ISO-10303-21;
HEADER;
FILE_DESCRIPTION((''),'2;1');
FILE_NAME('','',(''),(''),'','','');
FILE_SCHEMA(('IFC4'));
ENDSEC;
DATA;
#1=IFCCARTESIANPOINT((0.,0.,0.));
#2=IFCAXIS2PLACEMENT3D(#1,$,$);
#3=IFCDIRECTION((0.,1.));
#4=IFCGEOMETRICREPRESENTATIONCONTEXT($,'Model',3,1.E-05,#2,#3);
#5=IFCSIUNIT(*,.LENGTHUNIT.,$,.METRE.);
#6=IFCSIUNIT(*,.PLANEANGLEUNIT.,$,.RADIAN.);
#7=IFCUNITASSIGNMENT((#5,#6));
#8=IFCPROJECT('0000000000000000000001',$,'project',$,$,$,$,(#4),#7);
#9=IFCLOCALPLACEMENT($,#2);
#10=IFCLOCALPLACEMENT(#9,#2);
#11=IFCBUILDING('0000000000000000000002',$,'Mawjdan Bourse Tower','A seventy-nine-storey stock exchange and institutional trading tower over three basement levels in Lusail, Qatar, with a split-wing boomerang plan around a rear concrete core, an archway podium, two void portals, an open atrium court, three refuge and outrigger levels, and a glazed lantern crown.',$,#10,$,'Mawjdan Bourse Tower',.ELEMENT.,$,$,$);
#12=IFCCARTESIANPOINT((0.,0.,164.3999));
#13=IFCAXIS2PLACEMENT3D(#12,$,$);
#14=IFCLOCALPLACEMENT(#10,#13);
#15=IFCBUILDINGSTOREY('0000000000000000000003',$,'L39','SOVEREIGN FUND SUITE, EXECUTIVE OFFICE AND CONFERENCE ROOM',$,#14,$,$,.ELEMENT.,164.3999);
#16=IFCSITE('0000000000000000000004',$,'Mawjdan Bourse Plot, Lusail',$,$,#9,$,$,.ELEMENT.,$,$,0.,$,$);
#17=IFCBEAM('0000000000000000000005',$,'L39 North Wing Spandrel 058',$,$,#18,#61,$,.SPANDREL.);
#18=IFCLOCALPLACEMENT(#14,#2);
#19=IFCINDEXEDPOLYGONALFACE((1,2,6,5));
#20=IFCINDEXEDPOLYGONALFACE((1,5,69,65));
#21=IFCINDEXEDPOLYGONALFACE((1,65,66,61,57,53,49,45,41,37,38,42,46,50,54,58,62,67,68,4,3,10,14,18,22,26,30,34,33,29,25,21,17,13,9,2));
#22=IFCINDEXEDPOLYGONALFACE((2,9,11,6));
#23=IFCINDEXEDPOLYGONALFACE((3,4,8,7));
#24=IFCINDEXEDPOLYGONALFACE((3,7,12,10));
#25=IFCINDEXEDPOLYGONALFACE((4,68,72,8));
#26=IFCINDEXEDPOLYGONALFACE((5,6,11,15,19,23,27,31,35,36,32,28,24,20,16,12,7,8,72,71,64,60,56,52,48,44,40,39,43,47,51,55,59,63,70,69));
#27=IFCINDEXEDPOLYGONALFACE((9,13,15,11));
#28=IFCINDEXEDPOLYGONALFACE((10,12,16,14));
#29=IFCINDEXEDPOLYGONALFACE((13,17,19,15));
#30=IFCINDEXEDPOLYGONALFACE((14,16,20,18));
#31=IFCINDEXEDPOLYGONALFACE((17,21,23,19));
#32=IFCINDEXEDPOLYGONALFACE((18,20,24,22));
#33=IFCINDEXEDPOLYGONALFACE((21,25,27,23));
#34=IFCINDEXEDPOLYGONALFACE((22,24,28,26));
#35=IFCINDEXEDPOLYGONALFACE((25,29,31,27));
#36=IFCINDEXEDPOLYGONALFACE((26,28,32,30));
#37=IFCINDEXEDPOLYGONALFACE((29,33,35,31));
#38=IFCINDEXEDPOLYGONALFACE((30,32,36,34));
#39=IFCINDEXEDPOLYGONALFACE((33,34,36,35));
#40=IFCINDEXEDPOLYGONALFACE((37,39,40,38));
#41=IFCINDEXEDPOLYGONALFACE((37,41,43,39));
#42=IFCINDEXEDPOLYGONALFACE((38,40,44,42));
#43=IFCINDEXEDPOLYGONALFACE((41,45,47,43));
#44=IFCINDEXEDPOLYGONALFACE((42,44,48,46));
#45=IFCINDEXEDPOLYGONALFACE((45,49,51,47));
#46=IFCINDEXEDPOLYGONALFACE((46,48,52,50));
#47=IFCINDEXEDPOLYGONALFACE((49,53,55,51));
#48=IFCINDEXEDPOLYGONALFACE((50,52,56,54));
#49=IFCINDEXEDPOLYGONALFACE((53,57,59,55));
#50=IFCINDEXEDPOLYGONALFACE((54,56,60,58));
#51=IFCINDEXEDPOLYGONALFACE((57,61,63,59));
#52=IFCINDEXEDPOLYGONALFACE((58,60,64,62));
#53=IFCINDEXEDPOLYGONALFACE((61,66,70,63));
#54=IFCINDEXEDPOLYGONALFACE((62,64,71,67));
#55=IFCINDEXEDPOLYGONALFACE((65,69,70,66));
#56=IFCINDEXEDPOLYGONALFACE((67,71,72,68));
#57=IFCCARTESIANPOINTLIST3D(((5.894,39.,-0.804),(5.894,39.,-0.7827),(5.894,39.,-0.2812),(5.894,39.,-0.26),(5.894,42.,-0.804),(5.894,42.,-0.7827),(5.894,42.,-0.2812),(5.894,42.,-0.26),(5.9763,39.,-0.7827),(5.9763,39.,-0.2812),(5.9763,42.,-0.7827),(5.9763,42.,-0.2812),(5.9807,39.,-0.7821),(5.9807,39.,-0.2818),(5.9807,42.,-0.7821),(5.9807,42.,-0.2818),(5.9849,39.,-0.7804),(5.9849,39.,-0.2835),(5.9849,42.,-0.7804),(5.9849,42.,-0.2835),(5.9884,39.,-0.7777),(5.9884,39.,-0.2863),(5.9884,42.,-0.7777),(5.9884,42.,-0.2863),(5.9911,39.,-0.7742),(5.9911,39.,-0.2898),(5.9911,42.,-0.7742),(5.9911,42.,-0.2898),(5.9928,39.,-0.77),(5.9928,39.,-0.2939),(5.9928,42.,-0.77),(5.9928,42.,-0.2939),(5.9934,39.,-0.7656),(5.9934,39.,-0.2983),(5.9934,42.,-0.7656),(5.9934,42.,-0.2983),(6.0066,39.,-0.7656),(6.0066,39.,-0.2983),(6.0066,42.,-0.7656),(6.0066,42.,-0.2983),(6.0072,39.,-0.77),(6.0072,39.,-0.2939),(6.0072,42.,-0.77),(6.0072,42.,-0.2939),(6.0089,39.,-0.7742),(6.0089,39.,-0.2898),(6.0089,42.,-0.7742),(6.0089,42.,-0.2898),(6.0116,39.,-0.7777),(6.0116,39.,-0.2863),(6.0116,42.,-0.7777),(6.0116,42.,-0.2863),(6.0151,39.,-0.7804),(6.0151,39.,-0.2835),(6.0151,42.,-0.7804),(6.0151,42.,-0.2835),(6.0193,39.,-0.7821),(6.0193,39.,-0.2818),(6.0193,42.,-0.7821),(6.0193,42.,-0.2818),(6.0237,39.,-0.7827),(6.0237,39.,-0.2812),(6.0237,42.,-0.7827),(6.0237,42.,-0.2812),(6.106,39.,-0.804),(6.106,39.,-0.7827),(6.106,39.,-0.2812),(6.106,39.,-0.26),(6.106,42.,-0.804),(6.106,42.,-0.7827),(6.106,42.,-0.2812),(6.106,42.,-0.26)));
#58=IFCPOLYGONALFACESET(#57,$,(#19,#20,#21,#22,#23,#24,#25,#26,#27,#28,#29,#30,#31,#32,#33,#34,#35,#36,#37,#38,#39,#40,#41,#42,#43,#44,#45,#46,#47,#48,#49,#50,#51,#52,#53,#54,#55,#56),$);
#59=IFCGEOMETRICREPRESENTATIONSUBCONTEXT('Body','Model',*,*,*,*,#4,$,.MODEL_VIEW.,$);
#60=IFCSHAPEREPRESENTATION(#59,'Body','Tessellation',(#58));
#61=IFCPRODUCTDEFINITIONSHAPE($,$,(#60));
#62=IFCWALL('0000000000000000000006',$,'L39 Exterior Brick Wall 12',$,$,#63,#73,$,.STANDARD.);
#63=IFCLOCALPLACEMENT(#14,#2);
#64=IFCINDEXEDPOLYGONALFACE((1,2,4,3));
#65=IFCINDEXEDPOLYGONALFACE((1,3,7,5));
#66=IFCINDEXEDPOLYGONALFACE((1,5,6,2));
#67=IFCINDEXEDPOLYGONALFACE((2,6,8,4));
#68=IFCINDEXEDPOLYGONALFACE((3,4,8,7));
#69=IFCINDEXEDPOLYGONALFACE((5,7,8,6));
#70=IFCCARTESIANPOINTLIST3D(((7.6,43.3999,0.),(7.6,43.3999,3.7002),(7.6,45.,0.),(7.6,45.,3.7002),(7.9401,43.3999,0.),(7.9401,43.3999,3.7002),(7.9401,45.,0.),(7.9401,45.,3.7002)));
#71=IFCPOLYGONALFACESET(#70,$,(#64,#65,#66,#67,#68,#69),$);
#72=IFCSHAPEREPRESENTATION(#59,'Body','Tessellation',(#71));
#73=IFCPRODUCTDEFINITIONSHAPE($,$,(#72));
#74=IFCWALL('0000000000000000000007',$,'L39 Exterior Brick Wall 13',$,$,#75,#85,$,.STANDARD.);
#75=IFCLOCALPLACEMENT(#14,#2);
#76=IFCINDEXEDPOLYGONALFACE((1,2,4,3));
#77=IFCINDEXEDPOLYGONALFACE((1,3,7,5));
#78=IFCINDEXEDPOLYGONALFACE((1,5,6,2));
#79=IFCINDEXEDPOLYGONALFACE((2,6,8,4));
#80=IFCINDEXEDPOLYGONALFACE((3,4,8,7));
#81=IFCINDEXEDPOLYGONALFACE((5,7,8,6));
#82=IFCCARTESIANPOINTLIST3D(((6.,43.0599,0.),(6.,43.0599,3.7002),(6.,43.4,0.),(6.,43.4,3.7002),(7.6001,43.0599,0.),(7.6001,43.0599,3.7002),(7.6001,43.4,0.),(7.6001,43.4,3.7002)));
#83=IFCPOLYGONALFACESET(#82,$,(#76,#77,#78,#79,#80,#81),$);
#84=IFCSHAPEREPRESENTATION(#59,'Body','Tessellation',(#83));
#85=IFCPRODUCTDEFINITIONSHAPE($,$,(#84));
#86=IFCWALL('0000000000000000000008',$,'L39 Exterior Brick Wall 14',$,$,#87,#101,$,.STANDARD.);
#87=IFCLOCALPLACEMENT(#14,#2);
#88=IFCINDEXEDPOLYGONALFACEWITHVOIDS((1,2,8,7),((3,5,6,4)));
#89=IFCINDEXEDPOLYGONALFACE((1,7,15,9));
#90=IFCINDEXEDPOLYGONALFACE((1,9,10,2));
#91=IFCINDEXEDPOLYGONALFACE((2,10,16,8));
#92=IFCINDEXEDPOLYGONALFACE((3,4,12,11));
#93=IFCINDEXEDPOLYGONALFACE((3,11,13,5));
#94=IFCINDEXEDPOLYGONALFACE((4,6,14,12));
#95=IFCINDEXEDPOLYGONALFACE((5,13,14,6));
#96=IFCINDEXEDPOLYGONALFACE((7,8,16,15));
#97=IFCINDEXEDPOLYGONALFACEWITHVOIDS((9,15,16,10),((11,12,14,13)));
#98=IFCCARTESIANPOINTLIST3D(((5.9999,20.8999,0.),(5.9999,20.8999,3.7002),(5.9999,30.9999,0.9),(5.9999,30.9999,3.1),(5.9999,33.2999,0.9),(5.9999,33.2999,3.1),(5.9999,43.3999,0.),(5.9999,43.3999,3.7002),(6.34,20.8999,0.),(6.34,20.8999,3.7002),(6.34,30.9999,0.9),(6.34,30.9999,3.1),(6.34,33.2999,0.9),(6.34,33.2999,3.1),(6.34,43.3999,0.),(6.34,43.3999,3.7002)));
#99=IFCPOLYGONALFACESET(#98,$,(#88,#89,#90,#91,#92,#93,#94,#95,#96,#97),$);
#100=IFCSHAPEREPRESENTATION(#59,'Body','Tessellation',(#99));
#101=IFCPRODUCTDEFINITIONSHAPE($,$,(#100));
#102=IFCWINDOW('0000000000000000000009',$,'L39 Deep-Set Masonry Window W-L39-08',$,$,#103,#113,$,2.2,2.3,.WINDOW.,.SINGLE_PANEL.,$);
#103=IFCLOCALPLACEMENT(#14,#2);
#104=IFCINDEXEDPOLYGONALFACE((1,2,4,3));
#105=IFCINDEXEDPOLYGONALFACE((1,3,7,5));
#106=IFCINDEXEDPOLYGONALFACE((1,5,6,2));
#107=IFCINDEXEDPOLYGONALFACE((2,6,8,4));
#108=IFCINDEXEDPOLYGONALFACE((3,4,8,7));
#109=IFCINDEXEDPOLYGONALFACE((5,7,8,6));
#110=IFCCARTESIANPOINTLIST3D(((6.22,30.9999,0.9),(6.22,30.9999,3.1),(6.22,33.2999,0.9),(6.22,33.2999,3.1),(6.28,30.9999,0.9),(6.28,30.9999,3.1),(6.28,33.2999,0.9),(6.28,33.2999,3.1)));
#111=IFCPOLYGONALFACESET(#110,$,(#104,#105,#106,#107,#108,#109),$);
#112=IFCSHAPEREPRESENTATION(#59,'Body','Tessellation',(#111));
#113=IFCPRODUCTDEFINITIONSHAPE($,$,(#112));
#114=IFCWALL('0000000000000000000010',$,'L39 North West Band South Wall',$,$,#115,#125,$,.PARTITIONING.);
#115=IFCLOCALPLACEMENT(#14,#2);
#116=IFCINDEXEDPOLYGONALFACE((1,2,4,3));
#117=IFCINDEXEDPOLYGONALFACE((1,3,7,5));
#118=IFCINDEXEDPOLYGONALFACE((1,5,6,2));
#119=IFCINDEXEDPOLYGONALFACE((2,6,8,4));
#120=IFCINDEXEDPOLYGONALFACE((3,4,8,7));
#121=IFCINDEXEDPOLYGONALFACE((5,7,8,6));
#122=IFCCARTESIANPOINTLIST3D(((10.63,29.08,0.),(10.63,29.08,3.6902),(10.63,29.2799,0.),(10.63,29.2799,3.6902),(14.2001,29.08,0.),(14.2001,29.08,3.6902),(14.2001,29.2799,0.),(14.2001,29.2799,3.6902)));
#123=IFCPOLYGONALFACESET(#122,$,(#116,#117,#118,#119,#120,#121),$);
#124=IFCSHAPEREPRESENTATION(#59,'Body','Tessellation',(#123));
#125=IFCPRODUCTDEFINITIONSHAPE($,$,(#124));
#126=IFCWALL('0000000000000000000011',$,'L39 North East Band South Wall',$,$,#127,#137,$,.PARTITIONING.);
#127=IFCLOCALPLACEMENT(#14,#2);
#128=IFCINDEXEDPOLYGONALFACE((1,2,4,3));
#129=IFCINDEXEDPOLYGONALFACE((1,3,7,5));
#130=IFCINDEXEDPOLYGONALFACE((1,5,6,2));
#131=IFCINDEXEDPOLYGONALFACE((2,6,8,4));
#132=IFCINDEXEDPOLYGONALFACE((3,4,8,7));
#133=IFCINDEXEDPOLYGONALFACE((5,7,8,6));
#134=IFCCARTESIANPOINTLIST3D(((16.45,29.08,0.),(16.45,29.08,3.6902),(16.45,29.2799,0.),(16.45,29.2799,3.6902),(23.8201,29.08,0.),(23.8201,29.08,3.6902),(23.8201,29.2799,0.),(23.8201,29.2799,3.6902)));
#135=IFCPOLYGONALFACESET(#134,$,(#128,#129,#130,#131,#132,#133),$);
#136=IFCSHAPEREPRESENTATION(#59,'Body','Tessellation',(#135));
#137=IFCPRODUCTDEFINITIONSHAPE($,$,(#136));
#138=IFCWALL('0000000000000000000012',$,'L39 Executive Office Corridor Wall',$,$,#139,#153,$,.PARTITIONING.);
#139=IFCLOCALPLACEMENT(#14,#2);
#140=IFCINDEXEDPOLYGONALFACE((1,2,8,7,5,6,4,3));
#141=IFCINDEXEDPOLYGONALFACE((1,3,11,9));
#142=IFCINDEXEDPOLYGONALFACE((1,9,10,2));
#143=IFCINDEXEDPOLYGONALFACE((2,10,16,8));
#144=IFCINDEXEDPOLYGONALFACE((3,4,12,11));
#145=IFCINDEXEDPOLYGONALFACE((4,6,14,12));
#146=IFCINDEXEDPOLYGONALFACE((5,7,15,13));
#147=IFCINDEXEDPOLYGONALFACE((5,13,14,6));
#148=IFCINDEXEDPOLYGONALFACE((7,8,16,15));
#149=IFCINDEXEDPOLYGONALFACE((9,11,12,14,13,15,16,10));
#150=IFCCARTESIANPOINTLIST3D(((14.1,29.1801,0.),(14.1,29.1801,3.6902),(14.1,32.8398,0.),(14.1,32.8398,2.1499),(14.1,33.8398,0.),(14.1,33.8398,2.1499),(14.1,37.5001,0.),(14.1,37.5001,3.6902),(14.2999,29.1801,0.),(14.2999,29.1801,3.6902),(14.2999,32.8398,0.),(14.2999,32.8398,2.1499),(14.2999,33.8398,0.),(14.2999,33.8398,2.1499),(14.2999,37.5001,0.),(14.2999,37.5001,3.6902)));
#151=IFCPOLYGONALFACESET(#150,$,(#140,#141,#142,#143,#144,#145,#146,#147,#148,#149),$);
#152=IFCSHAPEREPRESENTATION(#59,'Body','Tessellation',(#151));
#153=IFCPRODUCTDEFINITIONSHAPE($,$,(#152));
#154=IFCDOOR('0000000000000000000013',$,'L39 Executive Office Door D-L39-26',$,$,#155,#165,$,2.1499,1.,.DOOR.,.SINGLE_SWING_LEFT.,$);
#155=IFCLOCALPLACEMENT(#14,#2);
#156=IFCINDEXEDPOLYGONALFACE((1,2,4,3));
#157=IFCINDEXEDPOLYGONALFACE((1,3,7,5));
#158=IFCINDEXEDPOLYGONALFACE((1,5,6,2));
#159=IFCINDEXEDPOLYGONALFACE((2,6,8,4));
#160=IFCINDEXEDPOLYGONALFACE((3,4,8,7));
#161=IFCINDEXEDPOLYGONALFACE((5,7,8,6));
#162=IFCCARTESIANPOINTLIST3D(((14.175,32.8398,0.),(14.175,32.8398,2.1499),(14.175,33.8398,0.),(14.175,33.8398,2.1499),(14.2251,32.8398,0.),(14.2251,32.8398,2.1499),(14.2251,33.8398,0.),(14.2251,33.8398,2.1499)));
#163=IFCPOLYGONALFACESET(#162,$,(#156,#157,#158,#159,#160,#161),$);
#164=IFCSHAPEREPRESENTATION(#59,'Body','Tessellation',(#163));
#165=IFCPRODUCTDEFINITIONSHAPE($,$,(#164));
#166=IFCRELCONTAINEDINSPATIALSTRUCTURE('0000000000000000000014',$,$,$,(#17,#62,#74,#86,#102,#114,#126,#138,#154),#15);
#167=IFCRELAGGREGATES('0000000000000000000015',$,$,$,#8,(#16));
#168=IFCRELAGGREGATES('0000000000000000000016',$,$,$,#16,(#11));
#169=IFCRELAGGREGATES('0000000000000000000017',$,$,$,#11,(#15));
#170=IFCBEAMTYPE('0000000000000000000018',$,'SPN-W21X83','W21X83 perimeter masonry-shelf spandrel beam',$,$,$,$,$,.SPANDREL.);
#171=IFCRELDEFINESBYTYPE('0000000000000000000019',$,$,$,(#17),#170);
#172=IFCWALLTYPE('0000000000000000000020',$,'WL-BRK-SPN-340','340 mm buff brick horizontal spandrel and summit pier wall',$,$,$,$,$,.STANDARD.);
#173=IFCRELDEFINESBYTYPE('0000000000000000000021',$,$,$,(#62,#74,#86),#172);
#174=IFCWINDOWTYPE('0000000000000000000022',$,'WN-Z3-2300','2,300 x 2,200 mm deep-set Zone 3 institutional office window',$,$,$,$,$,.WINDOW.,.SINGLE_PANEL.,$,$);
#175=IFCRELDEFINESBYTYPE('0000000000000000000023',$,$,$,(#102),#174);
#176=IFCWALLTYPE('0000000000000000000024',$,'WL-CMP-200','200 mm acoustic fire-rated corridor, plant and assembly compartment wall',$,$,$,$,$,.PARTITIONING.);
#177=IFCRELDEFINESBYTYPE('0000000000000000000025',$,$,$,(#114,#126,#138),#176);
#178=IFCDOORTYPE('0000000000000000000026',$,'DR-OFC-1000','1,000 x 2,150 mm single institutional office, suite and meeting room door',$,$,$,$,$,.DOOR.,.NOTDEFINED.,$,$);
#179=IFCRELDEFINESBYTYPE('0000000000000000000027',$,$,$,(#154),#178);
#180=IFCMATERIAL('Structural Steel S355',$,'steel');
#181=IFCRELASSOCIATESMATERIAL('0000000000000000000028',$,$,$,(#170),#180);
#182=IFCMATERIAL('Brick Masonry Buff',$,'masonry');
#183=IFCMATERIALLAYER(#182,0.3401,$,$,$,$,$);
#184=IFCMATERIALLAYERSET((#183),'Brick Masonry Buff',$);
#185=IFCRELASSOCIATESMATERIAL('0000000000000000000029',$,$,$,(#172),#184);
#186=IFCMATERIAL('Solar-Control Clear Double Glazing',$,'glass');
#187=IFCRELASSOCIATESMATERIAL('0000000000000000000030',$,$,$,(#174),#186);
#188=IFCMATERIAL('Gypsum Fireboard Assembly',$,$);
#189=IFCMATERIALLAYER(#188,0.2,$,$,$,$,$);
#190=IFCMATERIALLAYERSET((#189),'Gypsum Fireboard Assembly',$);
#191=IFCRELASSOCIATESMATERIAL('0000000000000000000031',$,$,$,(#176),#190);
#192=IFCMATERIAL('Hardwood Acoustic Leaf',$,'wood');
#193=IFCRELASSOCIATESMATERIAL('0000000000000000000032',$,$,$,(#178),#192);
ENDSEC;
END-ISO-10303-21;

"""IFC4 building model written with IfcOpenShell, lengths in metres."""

from ifc_helpers import new_model, si_unit, direction, frame, frame_2d, origin, origin_2d, place, context, subcontext, project, spatial, rectangle, i_section, extrude, material, layer, layer_set, material_profile, profile_set, type_object, element, fill, save


model = new_model("IFC4")

# Units and contexts
model_context = context("Model", 3, precision=1e-05, world=origin(), true_north=direction((0.0, 1.0)))
body_context = subcontext(model_context, "Body", "Model", "MODEL_VIEW")
ifc_project = project(units=[si_unit("LENGTHUNIT", "METRE"), si_unit("PLANEANGLEUNIT", "RADIAN")], contexts=[model_context])

# Site, building, storey
site_placement = place(None, origin())
site = spatial("IfcSite", under=ifc_project, at=site_placement, Name="Mawjdan Bourse Plot, Lusail", CompositionType="ELEMENT", RefElevation=0.0)
building_placement = place(site_placement, origin())
building = spatial("IfcBuilding", under=site, at=building_placement, Name="Mawjdan Bourse Tower", Description="A seventy-nine-storey stock exchange and institutional trading tower over three basement levels in Lusail, Qatar, with a split-wing boomerang plan around a rear concrete core, an archway podium, two void portals, an open atrium court, three refuge and outrigger levels, and a glazed lantern crown.", LongName="Mawjdan Bourse Tower", CompositionType="ELEMENT")
storey_placement = place(building_placement, frame((0.0, 0.0, 164.3999)))
storey = spatial("IfcBuildingStorey", under=building, at=storey_placement, Name="L39", Description="SOVEREIGN FUND SUITE, EXECUTIVE OFFICE AND CONFERENCE ROOM", CompositionType="ELEMENT", Elevation=164.3999)

# Beam
ifc_material_1 = material(Name="Structural Steel S355", Category="steel")
ifc_material_profile_1 = material_profile(ifc_material_1, i_section(OverallWidth=0.2119, OverallDepth=0.5439, WebThickness=0.0132, FlangeThickness=0.0212, FilletRadius=0.0171, at=origin_2d()), Name="W21X83")
ifc_profile_set_1 = profile_set([ifc_material_profile_1], Name="Structural Steel S355")
beam_type_1 = type_object("IfcBeamType", Name="SPN-W21X83", Description="W21X83 perimeter masonry-shelf spandrel beam", PredefinedType="SPANDREL", material=ifc_profile_set_1)
for number, where, z_axis, x_axis, name in (
    (1, (6.0, 39.0, -0.532), (0.0, 1.0, 0.0), (-1.0, 0.0, 0.0), "L39 North Wing Spandrel 058"),
):
    element("IfcBeam", number, at=place(storey_placement, frame(where, z_axis=z_axis, x_axis=x_axis)), inside=storey, type_object=beam_type_1, Name=name, PredefinedType="SPANDREL", context=body_context, shape_type="SweptSolid", body=[
        extrude(i_section(OverallWidth=0.2119, OverallDepth=0.5439, WebThickness=0.0132, FlangeThickness=0.0212, FilletRadius=0.0171, at=origin_2d()), origin(), (0.0, 0.0, 1.0), 3.0),
    ])

# Walls
ifc_material_2 = material(Name="Brick Masonry Buff", Category="masonry")
ifc_layer_1 = layer(ifc_material_2, 0.3401)
ifc_layer_set_1 = layer_set([ifc_layer_1], Name="Brick Masonry Buff")
wall_type_1 = type_object("IfcWallType", Name="WL-BRK-SPN-340", Description="340 mm buff brick horizontal spandrel and summit pier wall", PredefinedType="STANDARD", material=ifc_layer_set_1)
for number, where, z_axis, x_axis, name in (
    (2, (7.77, 45.0, 0.0), (0.0, 0.0, 1.0), (0.0, -1.0, 0.0), "L39 Exterior Brick Wall 12"),
    (3, (7.6001, 43.23, 0.0), (0.0, 0.0, 1.0), (-1.0, 0.0, 0.0), "L39 Exterior Brick Wall 13"),
):
    element("IfcWall", number, at=place(storey_placement, frame(where, z_axis=z_axis, x_axis=x_axis)), inside=storey, type_object=wall_type_1, Name=name, PredefinedType="STANDARD", context=body_context, shape_type="SweptSolid", body=[
        extrude(rectangle(XDim=1.6001, YDim=0.3401, at=frame_2d((0.8, 0.0))), origin(), (0.0, 0.0, 1.0), 3.7002),
    ])

# Wall, opening, window
wall_1_placement = place(storey_placement, frame((6.1699, 43.3999, 0.0), z_axis=(0.0, 0.0, 1.0), x_axis=(0.0, -1.0, 0.0)))
wall_1 = element("IfcWall", 4, at=wall_1_placement, inside=storey, type_object=wall_type_1, Name="L39 Exterior Brick Wall 14", PredefinedType="STANDARD", context=body_context, shape_type="SweptSolid", body=[
    extrude(rectangle(XDim=22.5, YDim=0.3401, at=frame_2d((11.25, 0.0))), origin(), (0.0, 0.0, 1.0), 3.7002),
])
opening_1_placement = place(wall_1_placement, frame((10.1001, 0.0, 0.8999)))
opening_1 = element("IfcOpeningElement", 5, at=opening_1_placement, cuts=wall_1, PredefinedType="OPENING", context=body_context, shape_type="SweptSolid", body=[
    extrude(rectangle(XDim=2.3, YDim=2.2, at=frame_2d((1.1499, 1.1001))), frame((0.0, 0.1802, 0.0), z_axis=(0.0, -1.0, 0.0), x_axis=(1.0, 0.0, 0.0)), (0.0, 0.0, 1.0), 0.3601),
])
ifc_material_3 = material(Name="Solar-Control Clear Double Glazing", Category="glass")
window_type = type_object("IfcWindowType", Name="WN-Z3-2300", Description="2,300 x 2,200 mm deep-set Zone 3 institutional office window", PartitioningType="SINGLE_PANEL", PredefinedType="WINDOW", material=ifc_material_3)
window_placement = place(opening_1_placement, origin())
window = element("IfcWindow", 6, at=window_placement, inside=storey, type_object=window_type, Name="L39 Deep-Set Masonry Window W-L39-08", OverallHeight=2.2, OverallWidth=2.3, PartitioningType="SINGLE_PANEL", PredefinedType="WINDOW", context=body_context, shape_type="SweptSolid", body=[
    extrude(rectangle(XDim=2.3, YDim=2.2, at=frame_2d((1.1499, 1.1001))), frame((0.0, 0.1101, 0.0), z_axis=(0.0, -1.0, 0.0), x_axis=(1.0, 0.0, 0.0)), (0.0, 0.0, 1.0), 0.0601),
])
fill(opening_1, window)

# Walls
ifc_material_4 = material(Name="Gypsum Fireboard Assembly")
ifc_layer_2 = layer(ifc_material_4, 0.2)
ifc_layer_set_2 = layer_set([ifc_layer_2], Name="Gypsum Fireboard Assembly")
wall_type_2 = type_object("IfcWallType", Name="WL-CMP-200", Description="200 mm acoustic fire-rated corridor, plant and assembly compartment wall", PredefinedType="PARTITIONING", material=ifc_layer_set_2)
wall_2_placement = place(storey_placement, frame((10.6299, 29.1799, 0.0), z_axis=(0.0, 0.0, 1.0), x_axis=(1.0, 0.0, 0.0)))
element("IfcWall", 7, at=wall_2_placement, inside=storey, type_object=wall_type_2, Name="L39 North West Band South Wall", PredefinedType="PARTITIONING", context=body_context, shape_type="SweptSolid", body=[
    extrude(rectangle(XDim=3.5701, YDim=0.2, at=frame_2d((1.7852, 0.0))), origin(), (0.0, 0.0, 1.0), 3.6902),
])
wall_3_placement = place(storey_placement, frame((16.45, 29.1799, 0.0), z_axis=(0.0, 0.0, 1.0), x_axis=(1.0, 0.0, 0.0)))
element("IfcWall", 8, at=wall_3_placement, inside=storey, type_object=wall_type_2, Name="L39 North East Band South Wall", PredefinedType="PARTITIONING", context=body_context, shape_type="SweptSolid", body=[
    extrude(rectangle(XDim=7.3701, YDim=0.2, at=frame_2d((3.6851, 0.0))), origin(), (0.0, 0.0, 1.0), 3.6902),
])

# Wall, opening, door
wall_4_placement = place(storey_placement, frame((14.2, 29.1799, 0.0), z_axis=(0.0, 0.0, 1.0), x_axis=(0.0, 1.0, 0.0)))
wall_4 = element("IfcWall", 9, at=wall_4_placement, inside=storey, type_object=wall_type_2, Name="L39 Executive Office Corridor Wall", PredefinedType="PARTITIONING", context=body_context, shape_type="SweptSolid", body=[
    extrude(rectangle(XDim=8.3201, YDim=0.2, at=frame_2d((4.1602, 0.0))), origin(), (0.0, 0.0, 1.0), 3.6902),
])
opening_2_placement = place(wall_4_placement, frame((3.6599, 0.0, 0.0)))
opening_2 = element("IfcOpeningElement", 10, at=opening_2_placement, cuts=wall_4, PredefinedType="OPENING", context=body_context, shape_type="SweptSolid", body=[
    extrude(rectangle(XDim=1.0, YDim=2.1499, at=frame_2d((0.5, 1.075))), frame((0.0, 0.1099, 0.0), z_axis=(0.0, -1.0, 0.0), x_axis=(1.0, 0.0, 0.0)), (0.0, 0.0, 1.0), 0.22),
])
ifc_material_5 = material(Name="Hardwood Acoustic Leaf", Category="wood")
door_type = type_object("IfcDoorType", Name="DR-OFC-1000", Description="1,000 x 2,150 mm single institutional office, suite and meeting room door", OperationType="NOTDEFINED", PredefinedType="DOOR", material=ifc_material_5)
door_1_placement = place(opening_2_placement, origin())
door_1 = element("IfcDoor", 11, at=door_1_placement, inside=storey, type_object=door_type, Name="L39 Executive Office Door D-L39-26", OperationType="SINGLE_SWING_LEFT", OverallHeight=2.1499, OverallWidth=1.0, PredefinedType="DOOR", context=body_context, shape_type="SweptSolid", body=[
    extrude(rectangle(XDim=1.0, YDim=2.1499, at=frame_2d((0.5, 1.075))), frame((0.0, 0.0249, 0.0), z_axis=(0.0, -1.0, 0.0), x_axis=(1.0, 0.0, 0.0)), (0.0, 0.0, 1.0), 0.05),
])
fill(opening_2, door_1)

save(model, "model.ifc")
